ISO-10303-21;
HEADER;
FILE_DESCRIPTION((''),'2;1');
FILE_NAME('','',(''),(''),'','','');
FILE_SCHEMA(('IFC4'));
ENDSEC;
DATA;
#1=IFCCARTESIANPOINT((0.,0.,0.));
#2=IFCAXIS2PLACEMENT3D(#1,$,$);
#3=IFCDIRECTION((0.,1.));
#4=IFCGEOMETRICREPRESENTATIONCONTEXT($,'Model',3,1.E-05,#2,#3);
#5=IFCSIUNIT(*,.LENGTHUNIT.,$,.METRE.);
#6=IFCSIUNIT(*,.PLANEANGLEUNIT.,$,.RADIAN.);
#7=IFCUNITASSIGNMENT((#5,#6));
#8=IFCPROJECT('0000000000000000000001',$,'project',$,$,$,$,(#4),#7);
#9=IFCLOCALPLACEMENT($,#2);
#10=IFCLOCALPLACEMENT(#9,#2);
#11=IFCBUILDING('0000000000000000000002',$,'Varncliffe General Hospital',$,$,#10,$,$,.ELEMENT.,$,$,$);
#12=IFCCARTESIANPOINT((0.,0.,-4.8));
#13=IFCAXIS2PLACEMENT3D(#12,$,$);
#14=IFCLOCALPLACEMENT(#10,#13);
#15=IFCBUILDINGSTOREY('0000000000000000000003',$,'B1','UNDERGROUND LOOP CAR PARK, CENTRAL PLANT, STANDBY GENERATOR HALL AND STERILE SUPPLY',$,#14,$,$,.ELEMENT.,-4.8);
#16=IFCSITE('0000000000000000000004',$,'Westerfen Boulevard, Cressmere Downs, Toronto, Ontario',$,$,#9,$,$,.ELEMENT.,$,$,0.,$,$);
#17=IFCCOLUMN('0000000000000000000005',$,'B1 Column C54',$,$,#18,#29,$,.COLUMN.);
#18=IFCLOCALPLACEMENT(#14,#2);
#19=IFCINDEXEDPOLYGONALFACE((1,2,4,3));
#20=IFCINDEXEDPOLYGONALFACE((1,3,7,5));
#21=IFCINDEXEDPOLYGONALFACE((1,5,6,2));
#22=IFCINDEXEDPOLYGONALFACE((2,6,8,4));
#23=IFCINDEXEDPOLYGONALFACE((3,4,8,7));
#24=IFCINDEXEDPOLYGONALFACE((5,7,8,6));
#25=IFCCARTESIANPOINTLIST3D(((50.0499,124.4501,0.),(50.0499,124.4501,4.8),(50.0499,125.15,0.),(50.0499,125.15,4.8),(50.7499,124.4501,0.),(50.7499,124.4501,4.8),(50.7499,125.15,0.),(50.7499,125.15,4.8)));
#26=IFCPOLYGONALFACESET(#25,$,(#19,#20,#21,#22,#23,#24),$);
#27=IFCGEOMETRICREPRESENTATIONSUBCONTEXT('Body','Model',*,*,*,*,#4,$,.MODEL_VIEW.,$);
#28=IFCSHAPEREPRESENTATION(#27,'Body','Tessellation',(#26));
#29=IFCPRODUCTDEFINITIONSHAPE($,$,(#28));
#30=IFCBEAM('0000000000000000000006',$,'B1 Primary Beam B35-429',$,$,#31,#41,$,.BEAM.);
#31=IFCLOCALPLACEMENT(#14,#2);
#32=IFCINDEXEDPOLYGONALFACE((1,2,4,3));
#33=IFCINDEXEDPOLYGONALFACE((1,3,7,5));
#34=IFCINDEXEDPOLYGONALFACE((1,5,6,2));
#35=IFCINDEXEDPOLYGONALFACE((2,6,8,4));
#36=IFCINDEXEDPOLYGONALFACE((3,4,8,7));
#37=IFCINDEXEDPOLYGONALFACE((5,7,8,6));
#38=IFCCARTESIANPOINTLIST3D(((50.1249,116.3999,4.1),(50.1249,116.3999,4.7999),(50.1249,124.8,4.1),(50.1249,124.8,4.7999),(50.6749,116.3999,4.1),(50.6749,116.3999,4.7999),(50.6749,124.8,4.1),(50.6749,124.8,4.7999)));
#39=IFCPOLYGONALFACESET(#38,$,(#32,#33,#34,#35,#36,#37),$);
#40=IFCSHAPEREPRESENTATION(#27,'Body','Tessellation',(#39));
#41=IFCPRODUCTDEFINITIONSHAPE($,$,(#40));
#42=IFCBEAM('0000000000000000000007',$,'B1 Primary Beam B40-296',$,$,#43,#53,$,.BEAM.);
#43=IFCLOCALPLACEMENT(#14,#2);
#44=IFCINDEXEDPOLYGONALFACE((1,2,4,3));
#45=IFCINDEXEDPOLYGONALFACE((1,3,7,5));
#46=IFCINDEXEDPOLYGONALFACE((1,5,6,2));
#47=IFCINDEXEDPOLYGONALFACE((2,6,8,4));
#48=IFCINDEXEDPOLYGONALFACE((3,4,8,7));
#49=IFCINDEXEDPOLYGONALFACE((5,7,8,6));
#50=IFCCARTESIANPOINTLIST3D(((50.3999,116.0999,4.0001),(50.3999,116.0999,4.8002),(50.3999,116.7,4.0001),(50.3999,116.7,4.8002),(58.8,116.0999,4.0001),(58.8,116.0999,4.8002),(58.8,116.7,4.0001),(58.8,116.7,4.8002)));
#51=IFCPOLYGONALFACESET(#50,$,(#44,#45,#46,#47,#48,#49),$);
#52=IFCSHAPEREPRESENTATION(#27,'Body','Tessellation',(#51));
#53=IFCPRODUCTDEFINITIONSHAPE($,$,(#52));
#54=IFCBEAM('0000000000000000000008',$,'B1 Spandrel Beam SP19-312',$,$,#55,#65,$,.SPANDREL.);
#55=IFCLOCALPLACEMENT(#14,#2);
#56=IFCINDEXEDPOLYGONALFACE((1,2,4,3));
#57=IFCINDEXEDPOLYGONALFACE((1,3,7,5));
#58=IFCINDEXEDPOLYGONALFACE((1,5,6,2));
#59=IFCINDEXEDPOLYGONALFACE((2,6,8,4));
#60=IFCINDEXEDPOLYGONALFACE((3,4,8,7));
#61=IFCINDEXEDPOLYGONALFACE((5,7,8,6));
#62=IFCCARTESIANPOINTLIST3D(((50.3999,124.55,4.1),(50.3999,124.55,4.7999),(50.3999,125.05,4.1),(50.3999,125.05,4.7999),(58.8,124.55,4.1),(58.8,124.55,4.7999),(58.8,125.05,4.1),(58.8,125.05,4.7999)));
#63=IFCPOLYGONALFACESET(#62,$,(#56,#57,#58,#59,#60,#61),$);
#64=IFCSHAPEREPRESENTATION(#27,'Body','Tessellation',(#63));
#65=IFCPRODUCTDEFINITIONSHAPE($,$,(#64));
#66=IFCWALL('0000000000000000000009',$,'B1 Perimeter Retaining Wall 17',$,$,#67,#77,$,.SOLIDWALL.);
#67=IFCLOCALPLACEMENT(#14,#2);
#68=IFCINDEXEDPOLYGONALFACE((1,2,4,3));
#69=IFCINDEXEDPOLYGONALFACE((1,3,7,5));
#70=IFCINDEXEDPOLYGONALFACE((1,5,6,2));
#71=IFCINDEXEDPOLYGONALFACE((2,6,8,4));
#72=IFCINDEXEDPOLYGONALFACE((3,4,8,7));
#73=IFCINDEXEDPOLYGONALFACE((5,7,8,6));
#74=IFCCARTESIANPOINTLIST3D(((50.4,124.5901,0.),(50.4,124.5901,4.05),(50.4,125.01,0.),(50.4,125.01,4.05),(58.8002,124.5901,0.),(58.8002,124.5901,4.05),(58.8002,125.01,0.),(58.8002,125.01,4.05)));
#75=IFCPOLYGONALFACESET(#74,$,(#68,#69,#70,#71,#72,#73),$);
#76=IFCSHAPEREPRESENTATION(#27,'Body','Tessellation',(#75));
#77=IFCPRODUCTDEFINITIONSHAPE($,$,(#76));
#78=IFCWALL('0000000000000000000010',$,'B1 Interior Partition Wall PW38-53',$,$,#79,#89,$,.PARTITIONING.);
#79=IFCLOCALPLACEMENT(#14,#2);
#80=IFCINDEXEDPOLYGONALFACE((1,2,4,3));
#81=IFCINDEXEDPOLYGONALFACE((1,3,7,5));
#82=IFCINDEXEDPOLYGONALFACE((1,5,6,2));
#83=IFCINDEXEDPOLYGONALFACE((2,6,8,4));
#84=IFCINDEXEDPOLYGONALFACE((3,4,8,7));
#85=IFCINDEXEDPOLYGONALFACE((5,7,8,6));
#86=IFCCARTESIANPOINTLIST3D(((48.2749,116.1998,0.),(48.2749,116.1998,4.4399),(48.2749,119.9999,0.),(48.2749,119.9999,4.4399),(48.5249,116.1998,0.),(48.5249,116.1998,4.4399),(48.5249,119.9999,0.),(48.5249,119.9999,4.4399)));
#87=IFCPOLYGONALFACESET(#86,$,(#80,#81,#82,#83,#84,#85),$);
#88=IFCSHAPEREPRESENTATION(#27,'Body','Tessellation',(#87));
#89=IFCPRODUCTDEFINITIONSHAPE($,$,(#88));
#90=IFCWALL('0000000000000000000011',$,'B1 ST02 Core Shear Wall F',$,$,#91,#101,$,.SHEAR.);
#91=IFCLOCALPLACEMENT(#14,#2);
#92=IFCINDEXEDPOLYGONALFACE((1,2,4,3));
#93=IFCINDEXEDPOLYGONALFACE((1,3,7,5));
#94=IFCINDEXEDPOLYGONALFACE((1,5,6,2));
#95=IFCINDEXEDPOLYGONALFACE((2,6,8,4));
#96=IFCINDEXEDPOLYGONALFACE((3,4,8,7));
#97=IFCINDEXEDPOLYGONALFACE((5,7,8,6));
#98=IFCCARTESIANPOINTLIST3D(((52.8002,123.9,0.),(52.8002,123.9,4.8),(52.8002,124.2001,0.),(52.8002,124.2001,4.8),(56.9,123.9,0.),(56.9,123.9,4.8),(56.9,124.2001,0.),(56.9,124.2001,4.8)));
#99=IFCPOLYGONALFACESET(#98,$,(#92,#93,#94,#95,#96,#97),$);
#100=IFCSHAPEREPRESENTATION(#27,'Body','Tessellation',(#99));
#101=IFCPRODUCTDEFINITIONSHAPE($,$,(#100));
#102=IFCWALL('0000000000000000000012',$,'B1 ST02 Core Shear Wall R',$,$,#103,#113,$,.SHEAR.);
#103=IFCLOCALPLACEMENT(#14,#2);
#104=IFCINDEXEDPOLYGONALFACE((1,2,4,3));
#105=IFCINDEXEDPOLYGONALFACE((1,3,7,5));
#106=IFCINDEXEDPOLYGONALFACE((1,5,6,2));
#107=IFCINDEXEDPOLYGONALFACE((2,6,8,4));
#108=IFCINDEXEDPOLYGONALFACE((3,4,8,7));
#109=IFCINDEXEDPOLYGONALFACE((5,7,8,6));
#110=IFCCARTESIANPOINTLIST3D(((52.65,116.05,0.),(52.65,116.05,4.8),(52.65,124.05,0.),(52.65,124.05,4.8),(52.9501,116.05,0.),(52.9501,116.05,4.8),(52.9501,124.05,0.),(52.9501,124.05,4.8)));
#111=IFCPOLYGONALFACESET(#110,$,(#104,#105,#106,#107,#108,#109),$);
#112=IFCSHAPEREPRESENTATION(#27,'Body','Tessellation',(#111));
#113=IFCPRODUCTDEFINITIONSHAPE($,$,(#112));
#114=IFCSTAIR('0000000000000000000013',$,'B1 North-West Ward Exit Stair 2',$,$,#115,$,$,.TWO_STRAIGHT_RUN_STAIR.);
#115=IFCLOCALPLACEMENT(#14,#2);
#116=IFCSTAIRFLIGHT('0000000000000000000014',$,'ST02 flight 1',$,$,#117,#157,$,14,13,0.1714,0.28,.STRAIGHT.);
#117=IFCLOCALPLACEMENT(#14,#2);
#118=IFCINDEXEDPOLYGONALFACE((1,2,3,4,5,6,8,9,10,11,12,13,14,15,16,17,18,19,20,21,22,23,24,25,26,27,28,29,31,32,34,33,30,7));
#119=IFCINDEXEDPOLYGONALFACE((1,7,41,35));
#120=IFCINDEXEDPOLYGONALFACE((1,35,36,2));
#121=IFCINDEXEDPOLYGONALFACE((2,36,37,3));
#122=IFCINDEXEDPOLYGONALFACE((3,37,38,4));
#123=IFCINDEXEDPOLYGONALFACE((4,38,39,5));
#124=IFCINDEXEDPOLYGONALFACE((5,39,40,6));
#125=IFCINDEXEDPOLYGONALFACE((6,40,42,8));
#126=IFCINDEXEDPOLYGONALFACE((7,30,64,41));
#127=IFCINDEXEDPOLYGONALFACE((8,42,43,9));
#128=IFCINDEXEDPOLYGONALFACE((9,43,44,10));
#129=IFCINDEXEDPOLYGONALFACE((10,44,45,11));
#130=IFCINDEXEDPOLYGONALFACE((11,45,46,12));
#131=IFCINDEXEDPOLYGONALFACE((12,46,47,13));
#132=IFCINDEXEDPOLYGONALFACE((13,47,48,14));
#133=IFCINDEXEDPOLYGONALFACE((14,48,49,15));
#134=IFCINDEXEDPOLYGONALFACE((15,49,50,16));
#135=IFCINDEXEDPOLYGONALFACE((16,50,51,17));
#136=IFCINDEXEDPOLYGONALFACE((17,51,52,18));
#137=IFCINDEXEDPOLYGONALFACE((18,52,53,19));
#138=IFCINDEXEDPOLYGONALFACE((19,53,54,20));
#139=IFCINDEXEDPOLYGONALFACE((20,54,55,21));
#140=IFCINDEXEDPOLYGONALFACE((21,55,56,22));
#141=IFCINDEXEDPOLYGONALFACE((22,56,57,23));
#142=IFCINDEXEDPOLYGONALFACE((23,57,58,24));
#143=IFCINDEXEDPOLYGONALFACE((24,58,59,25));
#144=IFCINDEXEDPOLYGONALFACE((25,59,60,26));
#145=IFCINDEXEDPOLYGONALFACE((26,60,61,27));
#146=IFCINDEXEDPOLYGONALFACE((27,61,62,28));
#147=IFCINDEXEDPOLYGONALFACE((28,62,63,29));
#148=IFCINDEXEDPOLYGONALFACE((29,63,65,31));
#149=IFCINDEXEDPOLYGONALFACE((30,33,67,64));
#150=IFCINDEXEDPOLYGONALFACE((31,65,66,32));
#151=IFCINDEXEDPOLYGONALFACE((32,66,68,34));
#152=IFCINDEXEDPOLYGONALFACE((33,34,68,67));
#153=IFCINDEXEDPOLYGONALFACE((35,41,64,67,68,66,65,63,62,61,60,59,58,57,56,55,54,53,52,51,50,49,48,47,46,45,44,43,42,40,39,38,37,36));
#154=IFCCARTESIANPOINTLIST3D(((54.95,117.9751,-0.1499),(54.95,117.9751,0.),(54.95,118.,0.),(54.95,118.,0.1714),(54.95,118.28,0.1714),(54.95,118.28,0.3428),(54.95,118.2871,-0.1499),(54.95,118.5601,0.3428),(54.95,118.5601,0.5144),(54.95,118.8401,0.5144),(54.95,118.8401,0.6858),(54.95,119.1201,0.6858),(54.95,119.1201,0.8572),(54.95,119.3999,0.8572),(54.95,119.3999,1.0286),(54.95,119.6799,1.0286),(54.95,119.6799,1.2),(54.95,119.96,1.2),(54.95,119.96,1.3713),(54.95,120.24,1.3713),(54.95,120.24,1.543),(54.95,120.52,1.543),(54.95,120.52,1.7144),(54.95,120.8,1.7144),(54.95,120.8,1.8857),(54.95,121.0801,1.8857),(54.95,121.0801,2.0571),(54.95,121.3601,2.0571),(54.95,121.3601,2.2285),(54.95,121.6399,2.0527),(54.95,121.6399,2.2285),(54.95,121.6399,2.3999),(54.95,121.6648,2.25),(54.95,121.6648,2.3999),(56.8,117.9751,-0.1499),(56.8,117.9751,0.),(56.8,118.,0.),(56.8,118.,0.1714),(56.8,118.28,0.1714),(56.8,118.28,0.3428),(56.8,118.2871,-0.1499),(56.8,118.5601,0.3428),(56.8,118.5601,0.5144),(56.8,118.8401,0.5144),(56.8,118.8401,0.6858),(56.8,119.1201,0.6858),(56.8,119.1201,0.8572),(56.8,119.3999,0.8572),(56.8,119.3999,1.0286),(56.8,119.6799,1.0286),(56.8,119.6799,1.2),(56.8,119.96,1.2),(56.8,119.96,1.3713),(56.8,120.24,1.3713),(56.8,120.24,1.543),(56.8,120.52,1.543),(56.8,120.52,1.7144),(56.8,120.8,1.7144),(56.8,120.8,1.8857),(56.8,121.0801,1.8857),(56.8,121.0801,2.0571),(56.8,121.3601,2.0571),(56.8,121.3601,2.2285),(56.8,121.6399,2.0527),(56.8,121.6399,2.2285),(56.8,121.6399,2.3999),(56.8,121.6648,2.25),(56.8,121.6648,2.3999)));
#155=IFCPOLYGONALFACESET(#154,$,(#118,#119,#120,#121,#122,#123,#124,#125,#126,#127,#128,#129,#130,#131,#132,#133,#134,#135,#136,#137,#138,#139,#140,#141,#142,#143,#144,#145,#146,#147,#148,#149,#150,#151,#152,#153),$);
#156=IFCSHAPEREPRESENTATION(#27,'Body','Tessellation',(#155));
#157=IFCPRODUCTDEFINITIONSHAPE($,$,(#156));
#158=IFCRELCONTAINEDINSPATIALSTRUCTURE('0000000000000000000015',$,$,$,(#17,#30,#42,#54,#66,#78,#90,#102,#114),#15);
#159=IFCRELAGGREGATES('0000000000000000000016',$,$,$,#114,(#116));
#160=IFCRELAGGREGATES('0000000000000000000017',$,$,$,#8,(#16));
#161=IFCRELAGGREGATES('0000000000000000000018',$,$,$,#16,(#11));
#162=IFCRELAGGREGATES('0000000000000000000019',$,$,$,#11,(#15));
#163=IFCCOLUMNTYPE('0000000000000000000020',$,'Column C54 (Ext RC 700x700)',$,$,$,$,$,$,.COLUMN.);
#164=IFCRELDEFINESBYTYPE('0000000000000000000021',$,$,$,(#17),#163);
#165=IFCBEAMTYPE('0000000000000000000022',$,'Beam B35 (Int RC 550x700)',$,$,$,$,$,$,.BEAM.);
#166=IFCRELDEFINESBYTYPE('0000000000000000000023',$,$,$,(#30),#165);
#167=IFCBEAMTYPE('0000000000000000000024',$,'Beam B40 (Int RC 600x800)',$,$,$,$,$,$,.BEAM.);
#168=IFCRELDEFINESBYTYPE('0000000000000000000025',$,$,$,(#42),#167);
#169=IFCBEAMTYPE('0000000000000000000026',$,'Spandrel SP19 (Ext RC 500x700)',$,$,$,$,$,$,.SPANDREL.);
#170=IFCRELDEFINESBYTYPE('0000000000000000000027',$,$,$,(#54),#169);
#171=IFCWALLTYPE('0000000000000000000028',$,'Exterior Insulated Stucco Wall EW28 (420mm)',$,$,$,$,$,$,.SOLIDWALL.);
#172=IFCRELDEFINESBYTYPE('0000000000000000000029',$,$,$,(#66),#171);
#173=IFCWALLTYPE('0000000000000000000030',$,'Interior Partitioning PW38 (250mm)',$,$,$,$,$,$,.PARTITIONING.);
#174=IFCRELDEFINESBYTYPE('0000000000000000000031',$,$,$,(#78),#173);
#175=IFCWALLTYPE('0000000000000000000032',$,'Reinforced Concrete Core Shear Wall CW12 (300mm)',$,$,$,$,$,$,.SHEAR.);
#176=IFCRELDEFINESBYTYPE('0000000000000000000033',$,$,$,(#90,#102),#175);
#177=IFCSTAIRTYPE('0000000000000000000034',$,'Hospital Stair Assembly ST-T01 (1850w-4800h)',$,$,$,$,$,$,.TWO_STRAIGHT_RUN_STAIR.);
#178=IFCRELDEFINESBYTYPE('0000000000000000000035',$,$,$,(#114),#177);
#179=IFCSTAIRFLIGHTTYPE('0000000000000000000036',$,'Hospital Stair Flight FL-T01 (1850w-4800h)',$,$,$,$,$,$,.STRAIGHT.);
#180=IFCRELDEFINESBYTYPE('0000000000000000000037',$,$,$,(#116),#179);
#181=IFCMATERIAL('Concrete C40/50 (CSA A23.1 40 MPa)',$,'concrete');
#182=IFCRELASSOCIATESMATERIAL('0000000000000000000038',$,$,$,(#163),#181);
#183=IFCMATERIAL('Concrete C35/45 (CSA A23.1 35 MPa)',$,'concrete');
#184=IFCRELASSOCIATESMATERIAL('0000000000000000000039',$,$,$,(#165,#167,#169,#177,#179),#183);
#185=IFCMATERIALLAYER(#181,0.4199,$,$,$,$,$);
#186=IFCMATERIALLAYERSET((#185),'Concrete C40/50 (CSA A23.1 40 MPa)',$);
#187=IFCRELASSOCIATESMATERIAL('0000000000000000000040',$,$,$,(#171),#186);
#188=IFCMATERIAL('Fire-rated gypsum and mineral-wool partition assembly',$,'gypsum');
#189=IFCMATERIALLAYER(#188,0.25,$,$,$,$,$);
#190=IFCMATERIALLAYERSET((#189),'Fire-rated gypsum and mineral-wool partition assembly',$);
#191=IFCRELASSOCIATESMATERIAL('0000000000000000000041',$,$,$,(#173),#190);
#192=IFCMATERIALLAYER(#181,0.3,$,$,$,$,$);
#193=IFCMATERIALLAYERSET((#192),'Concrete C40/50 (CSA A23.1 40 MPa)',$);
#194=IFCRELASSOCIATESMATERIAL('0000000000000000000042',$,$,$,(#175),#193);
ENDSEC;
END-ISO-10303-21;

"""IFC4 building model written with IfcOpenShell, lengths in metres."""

from ifc_helpers import new_model, si_unit, direction, frame, frame_2d, origin, origin_2d, place, context, subcontext, project, spatial, polyline, rectangle, outline, extrude, material, layer, layer_set, material_profile, profile_set, type_object, element, aggregate, save


model = new_model("IFC4")

# Units and contexts
model_context = context("Model", 3, precision=1e-05, world=origin(), true_north=direction((0.0, 1.0)))
body_context = subcontext(model_context, "Body", "Model", "MODEL_VIEW")
ifc_project = project(units=[si_unit("LENGTHUNIT", "METRE"), si_unit("PLANEANGLEUNIT", "RADIAN")], contexts=[model_context])

# Site, building, storey
site_placement = place(None, origin())
site = spatial("IfcSite", under=ifc_project, at=site_placement, Name="Westerfen Boulevard, Cressmere Downs, Toronto, Ontario", CompositionType="ELEMENT", RefElevation=0.0)
building_placement = place(site_placement, origin())
building = spatial("IfcBuilding", under=site, at=building_placement, Name="Varncliffe General Hospital", CompositionType="ELEMENT")
storey_placement = place(building_placement, frame((0.0, 0.0, -4.8)))
storey = spatial("IfcBuildingStorey", under=building, at=storey_placement, Name="B1", Description="UNDERGROUND LOOP CAR PARK, CENTRAL PLANT, STANDBY GENERATOR HALL AND STERILE SUPPLY", CompositionType="ELEMENT", Elevation=-4.8)

# Shared definitions
ifc_material_1 = material(Name="Concrete C40/50 (CSA A23.1 40 MPa)", Category="concrete")

# Column
ifc_material_profile_1 = material_profile(ifc_material_1, rectangle(XDim=0.7, YDim=0.7, at=origin_2d()), Name="RC 700x700")
ifc_profile_set_1 = profile_set([ifc_material_profile_1], Name="Concrete C40/50 (CSA A23.1 40 MPa)")
column_type_1 = type_object("IfcColumnType", Name="Column C54 (Ext RC 700x700)", PredefinedType="COLUMN", material=ifc_profile_set_1)
column_1_placement = place(storey_placement, frame((50.3999, 124.8, 0.0), z_axis=(0.0, 0.0, 1.0), x_axis=(1.0, 0.0, 0.0)))
element("IfcColumn", 1, at=column_1_placement, inside=storey, type_object=column_type_1, Name="B1 Column C54", PredefinedType="COLUMN", context=body_context, shape_type="SweptSolid", body=[
    extrude(rectangle(XDim=0.7, YDim=0.7, at=origin_2d()), origin(), (0.0, 0.0, 1.0), 4.8),
])

# Beams
ifc_material_2 = material(Name="Concrete C35/45 (CSA A23.1 35 MPa)", Category="concrete")
ifc_material_profile_2 = material_profile(ifc_material_2, rectangle(XDim=0.55, YDim=0.7, at=origin_2d()), Name="RC 550x700")
ifc_profile_set_2 = profile_set([ifc_material_profile_2], Name="Concrete C35/45 (CSA A23.1 35 MPa)")
beam_type_1 = type_object("IfcBeamType", Name="Beam B35 (Int RC 550x700)", PredefinedType="BEAM", material=ifc_profile_set_2)
beam_1_placement = place(storey_placement, frame((50.3999, 116.3999, 4.45), z_axis=(0.0, 1.0, 0.0), x_axis=(-1.0, 0.0, 0.0)))
element("IfcBeam", 2, at=beam_1_placement, inside=storey, type_object=beam_type_1, Name="B1 Primary Beam B35-429", PredefinedType="BEAM", context=body_context, shape_type="SweptSolid", body=[
    extrude(rectangle(XDim=0.55, YDim=0.7, at=origin_2d()), origin(), (0.0, 0.0, 1.0), 8.4001),
])
ifc_material_profile_3 = material_profile(ifc_material_2, rectangle(XDim=0.6001, YDim=0.8, at=origin_2d()), Name="RC 600x800")
ifc_profile_set_3 = profile_set([ifc_material_profile_3], Name="Concrete C35/45 (CSA A23.1 35 MPa)")
beam_type_2 = type_object("IfcBeamType", Name="Beam B40 (Int RC 600x800)", PredefinedType="BEAM", material=ifc_profile_set_3)
beam_2_placement = place(storey_placement, frame((50.3999, 116.3999, 4.4001), z_axis=(1.0, 0.0, 0.0), x_axis=(0.0, 1.0, 0.0)))
element("IfcBeam", 3, at=beam_2_placement, inside=storey, type_object=beam_type_2, Name="B1 Primary Beam B40-296", PredefinedType="BEAM", context=body_context, shape_type="SweptSolid", body=[
    extrude(rectangle(XDim=0.6001, YDim=0.8, at=origin_2d()), origin(), (0.0, 0.0, 1.0), 8.4001),
])
ifc_material_profile_4 = material_profile(ifc_material_2, rectangle(XDim=0.5, YDim=0.7, at=origin_2d()), Name="RC 500x700")
ifc_profile_set_4 = profile_set([ifc_material_profile_4], Name="Concrete C35/45 (CSA A23.1 35 MPa)")
beam_type_3 = type_object("IfcBeamType", Name="Spandrel SP19 (Ext RC 500x700)", PredefinedType="SPANDREL", material=ifc_profile_set_4)
beam_3_placement = place(storey_placement, frame((50.3999, 124.8, 4.45), z_axis=(1.0, 0.0, 0.0), x_axis=(0.0, 1.0, 0.0)))
element("IfcBeam", 4, at=beam_3_placement, inside=storey, type_object=beam_type_3, Name="B1 Spandrel Beam SP19-312", PredefinedType="SPANDREL", context=body_context, shape_type="SweptSolid", body=[
    extrude(rectangle(XDim=0.5, YDim=0.7, at=origin_2d()), origin(), (0.0, 0.0, 1.0), 8.4001),
])

# Walls
ifc_layer_1 = layer(ifc_material_1, 0.4199)
ifc_layer_set_1 = layer_set([ifc_layer_1], Name="Concrete C40/50 (CSA A23.1 40 MPa)")
wall_type_1 = type_object("IfcWallType", Name="Exterior Insulated Stucco Wall EW28 (420mm)", PredefinedType="SOLIDWALL", material=ifc_layer_set_1)
wall_1_placement = place(storey_placement, frame((50.3999, 124.8, 0.0), z_axis=(0.0, 0.0, 1.0), x_axis=(1.0, 0.0, 0.0)))
element("IfcWall", 5, at=wall_1_placement, inside=storey, type_object=wall_type_1, Name="B1 Perimeter Retaining Wall 17", PredefinedType="SOLIDWALL", context=body_context, shape_type="SweptSolid", body=[
    extrude(rectangle(XDim=8.4001, YDim=0.4199, at=frame_2d((4.2002, 0.0))), origin(), (0.0, 0.0, 1.0), 4.05),
])
ifc_material_3 = material(Name="Fire-rated gypsum and mineral-wool partition assembly", Category="gypsum")
ifc_layer_2 = layer(ifc_material_3, 0.25)
ifc_layer_set_2 = layer_set([ifc_layer_2], Name="Fire-rated gypsum and mineral-wool partition assembly")
wall_type_2 = type_object("IfcWallType", Name="Interior Partitioning PW38 (250mm)", PredefinedType="PARTITIONING", material=ifc_layer_set_2)
wall_2_placement = place(storey_placement, frame((48.3999, 116.2, 0.0), z_axis=(0.0, 0.0, 1.0), x_axis=(0.0, 1.0, 0.0)))
element("IfcWall", 6, at=wall_2_placement, inside=storey, type_object=wall_type_2, Name="B1 Interior Partition Wall PW38-53", PredefinedType="PARTITIONING", context=body_context, shape_type="SweptSolid", body=[
    extrude(rectangle(XDim=3.8, YDim=0.25, at=frame_2d((1.8999, 0.0))), origin(), (0.0, 0.0, 1.0), 4.4399),
])
ifc_layer_3 = layer(ifc_material_1, 0.3)
ifc_layer_set_3 = layer_set([ifc_layer_3], Name="Concrete C40/50 (CSA A23.1 40 MPa)")
wall_type_3 = type_object("IfcWallType", Name="Reinforced Concrete Core Shear Wall CW12 (300mm)", PredefinedType="SHEAR", material=ifc_layer_set_3)
wall_3_placement = place(storey_placement, frame((56.8999, 124.05, 0.0), z_axis=(0.0, 0.0, 1.0), x_axis=(-1.0, 0.0, 0.0)))
element("IfcWall", 7, at=wall_3_placement, inside=storey, type_object=wall_type_3, Name="B1 ST02 Core Shear Wall F", PredefinedType="SHEAR", context=body_context, shape_type="SweptSolid", body=[
    extrude(rectangle(XDim=4.0999, YDim=0.3, at=frame_2d((2.0498, 0.0))), origin(), (0.0, 0.0, 1.0), 4.8),
])
wall_4_placement = place(storey_placement, frame((52.8, 124.05, 0.0), z_axis=(0.0, 0.0, 1.0), x_axis=(0.0, -1.0, 0.0)))
element("IfcWall", 8, at=wall_4_placement, inside=storey, type_object=wall_type_3, Name="B1 ST02 Core Shear Wall R", PredefinedType="SHEAR", context=body_context, shape_type="SweptSolid", body=[
    extrude(rectangle(XDim=8.0, YDim=0.3, at=frame_2d((4.0, 0.0))), origin(), (0.0, 0.0, 1.0), 4.8),
])

# Stair, stair flight
stair_type = type_object("IfcStairType", Name="Hospital Stair Assembly ST-T01 (1850w-4800h)", PredefinedType="TWO_STRAIGHT_RUN_STAIR", material=ifc_material_2)
stair_placement = place(storey_placement, origin())
stair = element("IfcStair", 9, at=stair_placement, inside=storey, type_object=stair_type, Name="B1 North-West Ward Exit Stair 2", PredefinedType="TWO_STRAIGHT_RUN_STAIR")
stair_flight_type = type_object("IfcStairFlightType", Name="Hospital Stair Flight FL-T01 (1850w-4800h)", PredefinedType="STRAIGHT", material=ifc_material_2)
stair_flight_1_placement = place(storey_placement, frame((55.875, 118.0, 0.0), z_axis=(0.0, 0.0, 1.0), x_axis=(0.0, 1.0, 0.0)))
stair_flight_1 = element("IfcStairFlight", 10, at=stair_flight_1_placement, type_object=stair_flight_type, Name="ST02 flight 1", NumberOfRisers=14, NumberOfTreads=13, PredefinedType="STRAIGHT", RiserHeight=0.1714, TreadLength=0.28, context=body_context, shape_type="SweptSolid", body=[
    extrude(outline(polyline([(-0.0249, -0.1499), (-0.0249, 0.0), (0.0, 0.0), (0.0, 0.1714), (0.28, 0.1714), (0.28, 0.3428), (0.5601, 0.3428), (0.5601, 0.5144), (0.8401, 0.5144), (0.8401, 0.6858), (1.1201, 0.6858), (1.1201, 0.8572), (1.3999, 0.8572), (1.3999, 1.0286), (1.6799, 1.0286), (1.6799, 1.2), (1.96, 1.2), (1.96, 1.3713), (2.24, 1.3713), (2.24, 1.543), (2.52, 1.543), (2.52, 1.7144), (2.8, 1.7144), (2.8, 1.8857), (3.0801, 1.8857), (3.0801, 2.0571), (3.3601, 2.0571), (3.3601, 2.2285), (3.6399, 2.2285), (3.6399, 2.3999), (3.6648, 2.3999), (3.6648, 2.25), (3.6399, 2.0527), (0.2871, -0.1499), (-0.0249, -0.1499)])), frame((0.0, 0.925, 0.0), z_axis=(0.0, -1.0, 0.0), x_axis=(1.0, 0.0, 0.0)), (0.0, 0.0, 1.0), 1.8501),
])
aggregate(stair, [stair_flight_1])

save(model, "model.ifc")
